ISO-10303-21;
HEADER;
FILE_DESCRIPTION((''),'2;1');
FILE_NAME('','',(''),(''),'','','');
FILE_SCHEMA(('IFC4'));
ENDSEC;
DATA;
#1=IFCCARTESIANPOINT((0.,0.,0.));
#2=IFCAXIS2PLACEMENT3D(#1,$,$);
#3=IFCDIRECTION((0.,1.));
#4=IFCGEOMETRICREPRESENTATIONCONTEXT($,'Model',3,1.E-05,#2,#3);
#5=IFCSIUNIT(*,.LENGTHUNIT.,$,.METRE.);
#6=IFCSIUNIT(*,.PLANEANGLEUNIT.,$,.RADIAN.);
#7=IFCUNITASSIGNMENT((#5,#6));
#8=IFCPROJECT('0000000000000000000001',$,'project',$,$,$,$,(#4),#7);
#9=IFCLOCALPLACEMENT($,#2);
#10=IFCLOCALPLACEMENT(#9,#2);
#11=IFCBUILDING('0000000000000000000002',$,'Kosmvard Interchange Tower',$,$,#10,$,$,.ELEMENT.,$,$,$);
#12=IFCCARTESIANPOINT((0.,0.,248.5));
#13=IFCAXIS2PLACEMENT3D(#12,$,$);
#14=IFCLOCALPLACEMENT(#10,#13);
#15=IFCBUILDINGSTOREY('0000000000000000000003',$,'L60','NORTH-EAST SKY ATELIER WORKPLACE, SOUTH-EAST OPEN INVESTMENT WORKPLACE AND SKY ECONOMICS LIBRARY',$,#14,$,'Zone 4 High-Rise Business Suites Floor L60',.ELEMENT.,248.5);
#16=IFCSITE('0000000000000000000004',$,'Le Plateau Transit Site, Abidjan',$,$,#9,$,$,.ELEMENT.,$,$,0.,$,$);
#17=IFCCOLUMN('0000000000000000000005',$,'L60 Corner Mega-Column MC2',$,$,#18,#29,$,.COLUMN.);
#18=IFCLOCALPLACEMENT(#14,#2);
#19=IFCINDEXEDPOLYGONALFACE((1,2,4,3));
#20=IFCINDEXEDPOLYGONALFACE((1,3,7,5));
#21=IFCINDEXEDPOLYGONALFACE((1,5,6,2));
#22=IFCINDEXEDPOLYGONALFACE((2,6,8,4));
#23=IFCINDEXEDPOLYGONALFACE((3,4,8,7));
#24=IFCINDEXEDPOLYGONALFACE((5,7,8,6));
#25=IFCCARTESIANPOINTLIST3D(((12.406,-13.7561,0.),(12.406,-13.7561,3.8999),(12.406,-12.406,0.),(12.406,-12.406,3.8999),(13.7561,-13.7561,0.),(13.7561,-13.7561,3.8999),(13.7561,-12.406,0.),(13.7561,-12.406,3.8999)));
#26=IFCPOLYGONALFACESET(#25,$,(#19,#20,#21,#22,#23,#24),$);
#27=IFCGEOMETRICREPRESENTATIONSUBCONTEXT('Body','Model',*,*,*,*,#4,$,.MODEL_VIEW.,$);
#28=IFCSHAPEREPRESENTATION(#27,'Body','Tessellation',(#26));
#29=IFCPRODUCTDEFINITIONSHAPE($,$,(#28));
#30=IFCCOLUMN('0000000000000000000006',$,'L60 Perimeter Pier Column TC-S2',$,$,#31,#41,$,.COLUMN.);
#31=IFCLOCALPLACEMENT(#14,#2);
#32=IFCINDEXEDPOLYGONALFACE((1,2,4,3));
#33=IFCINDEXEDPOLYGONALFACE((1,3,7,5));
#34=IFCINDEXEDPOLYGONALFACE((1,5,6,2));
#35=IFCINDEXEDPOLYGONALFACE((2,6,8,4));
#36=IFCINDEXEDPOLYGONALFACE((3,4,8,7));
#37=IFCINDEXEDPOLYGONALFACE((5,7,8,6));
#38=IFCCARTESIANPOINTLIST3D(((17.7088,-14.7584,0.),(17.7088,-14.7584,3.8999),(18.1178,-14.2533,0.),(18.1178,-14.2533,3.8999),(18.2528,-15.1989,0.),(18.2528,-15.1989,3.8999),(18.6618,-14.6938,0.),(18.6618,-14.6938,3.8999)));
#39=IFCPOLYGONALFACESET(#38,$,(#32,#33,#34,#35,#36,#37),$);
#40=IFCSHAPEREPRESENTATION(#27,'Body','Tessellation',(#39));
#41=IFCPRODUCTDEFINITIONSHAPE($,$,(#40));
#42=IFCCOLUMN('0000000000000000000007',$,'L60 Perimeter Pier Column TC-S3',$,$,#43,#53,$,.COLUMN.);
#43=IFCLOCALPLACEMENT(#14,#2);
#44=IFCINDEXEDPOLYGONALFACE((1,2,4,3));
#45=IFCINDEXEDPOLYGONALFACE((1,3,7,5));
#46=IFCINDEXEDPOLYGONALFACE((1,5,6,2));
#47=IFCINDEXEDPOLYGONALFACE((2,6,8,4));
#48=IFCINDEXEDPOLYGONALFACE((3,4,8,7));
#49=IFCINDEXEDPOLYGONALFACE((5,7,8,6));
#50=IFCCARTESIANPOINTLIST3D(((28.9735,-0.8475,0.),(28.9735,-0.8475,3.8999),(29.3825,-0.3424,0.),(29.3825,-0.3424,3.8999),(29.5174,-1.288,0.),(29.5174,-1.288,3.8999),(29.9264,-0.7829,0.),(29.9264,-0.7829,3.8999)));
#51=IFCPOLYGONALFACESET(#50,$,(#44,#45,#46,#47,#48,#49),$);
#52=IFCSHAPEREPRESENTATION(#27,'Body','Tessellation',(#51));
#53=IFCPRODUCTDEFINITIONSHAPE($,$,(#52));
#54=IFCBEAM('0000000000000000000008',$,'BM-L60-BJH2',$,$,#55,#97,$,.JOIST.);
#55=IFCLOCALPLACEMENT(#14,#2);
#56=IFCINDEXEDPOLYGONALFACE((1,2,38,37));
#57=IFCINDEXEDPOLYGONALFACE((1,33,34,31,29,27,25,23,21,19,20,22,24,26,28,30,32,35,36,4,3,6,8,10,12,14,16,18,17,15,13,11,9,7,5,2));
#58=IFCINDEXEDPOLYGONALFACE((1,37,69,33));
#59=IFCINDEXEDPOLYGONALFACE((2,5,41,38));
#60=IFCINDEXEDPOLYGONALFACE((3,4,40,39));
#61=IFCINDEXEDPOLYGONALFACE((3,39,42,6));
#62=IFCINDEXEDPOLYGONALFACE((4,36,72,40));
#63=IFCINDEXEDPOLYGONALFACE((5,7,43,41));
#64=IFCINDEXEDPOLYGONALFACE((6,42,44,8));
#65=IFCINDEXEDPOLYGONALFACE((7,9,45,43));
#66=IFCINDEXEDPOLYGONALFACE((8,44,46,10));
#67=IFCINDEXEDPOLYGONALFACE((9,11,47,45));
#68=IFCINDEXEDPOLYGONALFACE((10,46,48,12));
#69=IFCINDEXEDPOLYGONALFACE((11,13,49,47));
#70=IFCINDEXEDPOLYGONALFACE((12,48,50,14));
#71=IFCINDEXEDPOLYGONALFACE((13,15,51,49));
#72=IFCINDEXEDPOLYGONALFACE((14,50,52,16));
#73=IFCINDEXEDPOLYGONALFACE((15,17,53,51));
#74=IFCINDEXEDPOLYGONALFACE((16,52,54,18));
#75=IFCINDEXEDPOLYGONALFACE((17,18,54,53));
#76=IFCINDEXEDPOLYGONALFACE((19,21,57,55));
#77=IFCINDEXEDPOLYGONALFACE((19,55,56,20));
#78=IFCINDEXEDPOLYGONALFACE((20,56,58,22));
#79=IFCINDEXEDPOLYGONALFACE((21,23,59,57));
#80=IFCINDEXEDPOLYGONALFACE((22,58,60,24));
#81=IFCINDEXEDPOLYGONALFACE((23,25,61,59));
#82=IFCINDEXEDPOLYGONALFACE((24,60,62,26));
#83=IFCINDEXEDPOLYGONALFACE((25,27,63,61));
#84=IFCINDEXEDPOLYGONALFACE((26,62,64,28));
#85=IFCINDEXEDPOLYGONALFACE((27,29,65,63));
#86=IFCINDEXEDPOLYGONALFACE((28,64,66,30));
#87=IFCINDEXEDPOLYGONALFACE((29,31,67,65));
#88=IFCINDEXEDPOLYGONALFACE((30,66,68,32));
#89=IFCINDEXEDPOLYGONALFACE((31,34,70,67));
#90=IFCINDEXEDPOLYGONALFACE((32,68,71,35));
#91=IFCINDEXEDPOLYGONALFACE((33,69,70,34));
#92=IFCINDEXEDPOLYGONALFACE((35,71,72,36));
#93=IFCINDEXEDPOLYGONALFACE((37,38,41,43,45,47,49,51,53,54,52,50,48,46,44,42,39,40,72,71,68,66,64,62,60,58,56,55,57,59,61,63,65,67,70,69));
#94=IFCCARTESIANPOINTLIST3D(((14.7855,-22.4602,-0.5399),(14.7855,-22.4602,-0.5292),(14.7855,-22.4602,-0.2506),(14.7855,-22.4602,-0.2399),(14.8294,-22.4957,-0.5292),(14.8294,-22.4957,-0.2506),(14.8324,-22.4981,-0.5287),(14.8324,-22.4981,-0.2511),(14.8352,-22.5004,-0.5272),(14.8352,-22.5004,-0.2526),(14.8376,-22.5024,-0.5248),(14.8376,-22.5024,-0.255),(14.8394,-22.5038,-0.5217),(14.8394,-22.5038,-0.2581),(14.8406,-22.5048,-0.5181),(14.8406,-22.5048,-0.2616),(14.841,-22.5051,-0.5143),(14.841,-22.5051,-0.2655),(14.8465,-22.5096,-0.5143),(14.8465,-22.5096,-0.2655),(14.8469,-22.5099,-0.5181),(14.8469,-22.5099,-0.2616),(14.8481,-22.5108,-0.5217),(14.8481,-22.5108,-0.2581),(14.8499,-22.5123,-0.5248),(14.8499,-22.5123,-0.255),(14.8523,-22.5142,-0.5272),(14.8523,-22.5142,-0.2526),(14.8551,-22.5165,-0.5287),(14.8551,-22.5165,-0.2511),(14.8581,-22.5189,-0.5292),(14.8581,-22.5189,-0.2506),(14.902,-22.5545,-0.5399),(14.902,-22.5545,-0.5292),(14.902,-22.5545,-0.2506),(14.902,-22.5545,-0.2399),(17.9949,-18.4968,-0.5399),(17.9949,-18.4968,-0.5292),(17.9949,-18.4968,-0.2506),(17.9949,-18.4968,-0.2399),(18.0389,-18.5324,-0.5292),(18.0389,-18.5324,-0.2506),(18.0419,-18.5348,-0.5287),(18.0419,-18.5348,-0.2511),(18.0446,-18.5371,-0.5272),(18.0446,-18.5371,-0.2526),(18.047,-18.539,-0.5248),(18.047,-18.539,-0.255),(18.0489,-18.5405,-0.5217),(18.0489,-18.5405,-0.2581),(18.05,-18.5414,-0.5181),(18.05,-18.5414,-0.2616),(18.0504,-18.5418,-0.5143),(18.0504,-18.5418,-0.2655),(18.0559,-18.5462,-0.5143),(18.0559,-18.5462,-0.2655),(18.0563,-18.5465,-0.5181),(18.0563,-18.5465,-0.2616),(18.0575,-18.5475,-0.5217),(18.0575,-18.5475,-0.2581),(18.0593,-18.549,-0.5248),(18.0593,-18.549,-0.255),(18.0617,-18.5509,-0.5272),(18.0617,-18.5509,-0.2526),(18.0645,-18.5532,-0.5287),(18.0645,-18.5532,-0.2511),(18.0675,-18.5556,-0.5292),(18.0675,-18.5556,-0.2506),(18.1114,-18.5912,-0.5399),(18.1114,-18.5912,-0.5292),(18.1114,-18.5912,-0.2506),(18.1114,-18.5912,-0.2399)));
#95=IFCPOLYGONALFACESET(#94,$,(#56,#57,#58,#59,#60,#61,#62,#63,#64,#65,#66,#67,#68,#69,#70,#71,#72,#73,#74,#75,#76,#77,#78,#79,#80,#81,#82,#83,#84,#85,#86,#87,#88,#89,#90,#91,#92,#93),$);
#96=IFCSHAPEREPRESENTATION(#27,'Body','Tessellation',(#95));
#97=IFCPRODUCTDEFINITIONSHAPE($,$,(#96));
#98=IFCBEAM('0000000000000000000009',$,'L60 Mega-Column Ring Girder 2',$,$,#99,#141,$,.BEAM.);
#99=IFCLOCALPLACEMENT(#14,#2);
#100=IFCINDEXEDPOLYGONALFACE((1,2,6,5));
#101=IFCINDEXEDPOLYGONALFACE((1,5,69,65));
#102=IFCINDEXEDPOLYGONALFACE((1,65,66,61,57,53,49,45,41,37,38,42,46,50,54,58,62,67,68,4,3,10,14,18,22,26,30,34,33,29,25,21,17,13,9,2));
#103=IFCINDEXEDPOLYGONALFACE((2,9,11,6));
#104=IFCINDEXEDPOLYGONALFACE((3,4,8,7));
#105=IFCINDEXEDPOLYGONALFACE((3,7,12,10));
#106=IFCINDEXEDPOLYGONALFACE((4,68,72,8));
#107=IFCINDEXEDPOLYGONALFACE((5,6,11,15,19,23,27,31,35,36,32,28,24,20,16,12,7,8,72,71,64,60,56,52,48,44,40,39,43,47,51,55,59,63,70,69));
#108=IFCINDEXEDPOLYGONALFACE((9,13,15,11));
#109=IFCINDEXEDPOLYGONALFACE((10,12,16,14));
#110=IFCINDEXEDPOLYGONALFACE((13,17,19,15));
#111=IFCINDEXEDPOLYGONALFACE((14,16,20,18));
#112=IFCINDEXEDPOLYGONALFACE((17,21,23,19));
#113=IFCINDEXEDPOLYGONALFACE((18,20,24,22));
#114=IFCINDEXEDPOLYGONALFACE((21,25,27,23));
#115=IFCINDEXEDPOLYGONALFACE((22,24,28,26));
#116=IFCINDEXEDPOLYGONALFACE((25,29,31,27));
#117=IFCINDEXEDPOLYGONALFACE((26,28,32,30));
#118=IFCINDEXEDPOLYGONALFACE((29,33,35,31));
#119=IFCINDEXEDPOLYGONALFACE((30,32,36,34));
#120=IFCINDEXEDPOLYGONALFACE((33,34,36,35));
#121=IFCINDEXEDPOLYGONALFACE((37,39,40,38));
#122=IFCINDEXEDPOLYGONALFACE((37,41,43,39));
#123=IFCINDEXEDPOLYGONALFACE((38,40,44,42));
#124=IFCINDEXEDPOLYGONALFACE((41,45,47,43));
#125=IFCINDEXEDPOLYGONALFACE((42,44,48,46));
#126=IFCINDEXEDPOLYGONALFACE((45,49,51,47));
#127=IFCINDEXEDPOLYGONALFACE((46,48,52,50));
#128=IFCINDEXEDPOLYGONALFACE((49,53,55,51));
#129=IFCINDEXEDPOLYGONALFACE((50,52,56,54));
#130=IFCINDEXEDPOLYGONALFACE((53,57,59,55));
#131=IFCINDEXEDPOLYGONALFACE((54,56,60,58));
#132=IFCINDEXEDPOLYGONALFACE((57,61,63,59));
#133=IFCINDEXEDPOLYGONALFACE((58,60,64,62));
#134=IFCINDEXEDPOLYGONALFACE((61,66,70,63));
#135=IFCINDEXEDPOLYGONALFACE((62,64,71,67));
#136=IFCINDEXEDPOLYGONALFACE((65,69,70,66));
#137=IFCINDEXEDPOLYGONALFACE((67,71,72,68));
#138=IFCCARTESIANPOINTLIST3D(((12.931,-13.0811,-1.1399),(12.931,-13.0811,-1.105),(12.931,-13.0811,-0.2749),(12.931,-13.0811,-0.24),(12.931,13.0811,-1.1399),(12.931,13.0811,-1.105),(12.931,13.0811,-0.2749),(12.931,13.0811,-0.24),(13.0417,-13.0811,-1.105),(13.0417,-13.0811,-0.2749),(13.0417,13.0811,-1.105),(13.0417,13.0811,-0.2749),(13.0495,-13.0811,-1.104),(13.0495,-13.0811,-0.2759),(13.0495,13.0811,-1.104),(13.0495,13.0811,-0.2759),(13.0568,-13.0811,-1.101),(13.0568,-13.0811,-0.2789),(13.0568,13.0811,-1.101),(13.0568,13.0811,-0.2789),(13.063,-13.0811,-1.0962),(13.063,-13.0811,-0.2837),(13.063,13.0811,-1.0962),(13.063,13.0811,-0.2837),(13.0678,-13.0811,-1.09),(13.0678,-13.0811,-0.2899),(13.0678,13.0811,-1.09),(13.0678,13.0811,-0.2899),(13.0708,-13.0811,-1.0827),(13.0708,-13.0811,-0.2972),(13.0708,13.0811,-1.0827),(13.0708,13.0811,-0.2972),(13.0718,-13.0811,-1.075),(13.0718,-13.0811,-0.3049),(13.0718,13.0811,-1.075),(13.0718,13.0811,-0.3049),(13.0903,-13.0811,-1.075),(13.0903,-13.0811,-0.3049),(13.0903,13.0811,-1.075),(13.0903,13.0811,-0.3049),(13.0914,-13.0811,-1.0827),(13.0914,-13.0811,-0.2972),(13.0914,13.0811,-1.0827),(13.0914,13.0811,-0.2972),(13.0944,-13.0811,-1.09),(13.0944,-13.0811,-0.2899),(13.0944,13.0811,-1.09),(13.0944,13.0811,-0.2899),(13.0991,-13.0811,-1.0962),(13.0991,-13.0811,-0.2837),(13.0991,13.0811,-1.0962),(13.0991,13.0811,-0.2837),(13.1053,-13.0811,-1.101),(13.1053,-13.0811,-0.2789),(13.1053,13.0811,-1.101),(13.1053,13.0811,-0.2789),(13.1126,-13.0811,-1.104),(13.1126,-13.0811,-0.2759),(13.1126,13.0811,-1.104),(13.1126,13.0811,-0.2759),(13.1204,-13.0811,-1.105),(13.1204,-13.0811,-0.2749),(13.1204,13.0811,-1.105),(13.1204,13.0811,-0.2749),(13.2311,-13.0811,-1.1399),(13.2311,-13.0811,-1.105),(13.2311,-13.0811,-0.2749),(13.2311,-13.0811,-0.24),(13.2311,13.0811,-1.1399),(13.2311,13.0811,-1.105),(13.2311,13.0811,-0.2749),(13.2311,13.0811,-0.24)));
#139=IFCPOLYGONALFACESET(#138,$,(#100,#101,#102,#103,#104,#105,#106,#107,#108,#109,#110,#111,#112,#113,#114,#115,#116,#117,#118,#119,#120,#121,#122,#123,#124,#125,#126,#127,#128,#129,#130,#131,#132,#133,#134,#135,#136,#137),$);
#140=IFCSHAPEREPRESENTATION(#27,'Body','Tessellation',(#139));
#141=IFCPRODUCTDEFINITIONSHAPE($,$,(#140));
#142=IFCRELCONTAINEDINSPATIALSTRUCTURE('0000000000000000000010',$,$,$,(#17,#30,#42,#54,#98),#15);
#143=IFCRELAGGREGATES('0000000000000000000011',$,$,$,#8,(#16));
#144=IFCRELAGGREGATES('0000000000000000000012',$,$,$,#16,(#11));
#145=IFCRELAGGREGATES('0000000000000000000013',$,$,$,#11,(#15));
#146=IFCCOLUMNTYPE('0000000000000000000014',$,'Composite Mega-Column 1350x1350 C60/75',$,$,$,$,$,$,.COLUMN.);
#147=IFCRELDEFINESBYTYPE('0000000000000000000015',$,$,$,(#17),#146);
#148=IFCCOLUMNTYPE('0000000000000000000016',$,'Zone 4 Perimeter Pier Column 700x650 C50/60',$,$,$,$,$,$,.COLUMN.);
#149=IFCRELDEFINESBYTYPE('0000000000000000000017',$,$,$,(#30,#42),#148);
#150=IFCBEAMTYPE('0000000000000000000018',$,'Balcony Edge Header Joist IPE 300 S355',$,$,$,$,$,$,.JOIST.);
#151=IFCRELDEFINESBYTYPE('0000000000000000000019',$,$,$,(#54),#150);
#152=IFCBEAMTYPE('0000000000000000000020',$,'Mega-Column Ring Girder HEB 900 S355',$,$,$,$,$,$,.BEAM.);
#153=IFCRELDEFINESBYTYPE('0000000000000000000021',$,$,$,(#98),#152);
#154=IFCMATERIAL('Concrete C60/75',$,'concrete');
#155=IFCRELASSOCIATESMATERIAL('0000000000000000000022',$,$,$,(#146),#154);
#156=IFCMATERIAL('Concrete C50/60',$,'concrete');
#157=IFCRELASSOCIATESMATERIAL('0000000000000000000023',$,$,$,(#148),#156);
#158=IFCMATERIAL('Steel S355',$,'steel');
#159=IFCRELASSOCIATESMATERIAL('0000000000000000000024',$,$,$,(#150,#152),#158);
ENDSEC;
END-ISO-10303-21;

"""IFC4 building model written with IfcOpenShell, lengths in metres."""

from ifc_helpers import new_model, si_unit, direction, frame, origin, origin_2d, place, context, subcontext, project, spatial, rectangle, i_section, extrude, source, transform, mapped, material, material_profile, profile_set, type_object, element, save


model = new_model("IFC4")

# Units and contexts
model_context = context("Model", 3, precision=1e-05, world=origin(), true_north=direction((0.0, 1.0)))
body_context = subcontext(model_context, "Body", "Model", "MODEL_VIEW")
ifc_project = project(units=[si_unit("LENGTHUNIT", "METRE"), si_unit("PLANEANGLEUNIT", "RADIAN")], contexts=[model_context])

# Site, building, storey
site_placement = place(None, origin())
site = spatial("IfcSite", under=ifc_project, at=site_placement, Name="Le Plateau Transit Site, Abidjan", CompositionType="ELEMENT", RefElevation=0.0)
building_placement = place(site_placement, origin())
building = spatial("IfcBuilding", under=site, at=building_placement, Name="Kosmvard Interchange Tower", CompositionType="ELEMENT")
storey_placement = place(building_placement, frame((0.0, 0.0, 248.5)))
storey = spatial("IfcBuildingStorey", under=building, at=storey_placement, Name="L60", Description="NORTH-EAST SKY ATELIER WORKPLACE, SOUTH-EAST OPEN INVESTMENT WORKPLACE AND SKY ECONOMICS LIBRARY", LongName="Zone 4 High-Rise Business Suites Floor L60", CompositionType="ELEMENT", Elevation=248.5)

# Columns
ifc_material_1 = material(Name="Concrete C60/75", Category="concrete")
ifc_material_profile_1 = material_profile(ifc_material_1, rectangle(XDim=1.3501, YDim=1.3501, at=origin_2d()), Name="MC 1350x1350")
ifc_profile_set_1 = profile_set([ifc_material_profile_1], Name="Concrete C60/75")
column_type_1 = type_object("IfcColumnType", Name="Composite Mega-Column 1350x1350 C60/75", PredefinedType="COLUMN", material=ifc_profile_set_1)
shared_shape_1 = source(origin(), body_context, "Body", "SweptSolid", [
    extrude(rectangle(XDim=1.3501, YDim=1.3501, at=origin_2d()), origin(), (0.0, 0.0, 1.0), 3.8999),
])
column_placement = place(storey_placement, frame((13.0811, -13.0811, 0.0), z_axis=(0.0, 0.0, 1.0), x_axis=(1.0, 0.0, 0.0)))
element("IfcColumn", 1, at=column_placement, inside=storey, type_object=column_type_1, Name="L60 Corner Mega-Column MC2", PredefinedType="COLUMN", context=body_context, shape_type="MappedRepresentation", body=[
    mapped(shared_shape_1, transform((0.0, 0.0, 0.0), scale=1.0)),
])
ifc_material_2 = material(Name="Concrete C50/60", Category="concrete")
ifc_material_profile_2 = material_profile(ifc_material_2, rectangle(XDim=0.6499, YDim=0.7, at=origin_2d()), Name="TC 700x650")
ifc_profile_set_2 = profile_set([ifc_material_profile_2], Name="Concrete C50/60")
column_type_2 = type_object("IfcColumnType", Name="Zone 4 Perimeter Pier Column 700x650 C50/60", PredefinedType="COLUMN", material=ifc_profile_set_2)
shared_shape_2 = source(origin(), body_context, "Body", "SweptSolid", [
    extrude(rectangle(XDim=0.6499, YDim=0.7, at=origin_2d()), origin(), (0.0, 0.0, 1.0), 3.8999),
])
for number, where, z_axis, x_axis, name in (
    (2, (18.1853, -14.7261, 0.0), (0.0, 0.0, 1.0), (0.62932, 0.777146, 0.0), "L60 Perimeter Pier Column TC-S2"),
    (3, (29.45, -0.8152, 0.0), (0.0, 0.0, 1.0), (0.62932, 0.777146, 0.0), "L60 Perimeter Pier Column TC-S3"),
):
    element("IfcColumn", number, at=place(storey_placement, frame(where, z_axis=z_axis, x_axis=x_axis)), inside=storey, type_object=column_type_2, Name=name, PredefinedType="COLUMN", context=body_context, shape_type="MappedRepresentation", body=[
        mapped(shared_shape_2, transform((0.0, 0.0, 0.0), scale=1.0)),
    ])

# Beams
ifc_material_3 = material(Name="Steel S355", Category="steel")
ifc_material_profile_3 = material_profile(ifc_material_3, i_section(OverallWidth=0.1499, OverallDepth=0.3, WebThickness=0.0071, FlangeThickness=0.0107, FilletRadius=0.0149, at=origin_2d()), Name="IPE 300")
ifc_profile_set_3 = profile_set([ifc_material_profile_3], Name="Steel S355")
beam_type_1 = type_object("IfcBeamType", Name="Balcony Edge Header Joist IPE 300 S355", PredefinedType="JOIST", material=ifc_profile_set_3)
shared_shape_3 = source(origin(), body_context, "Body", "SweptSolid", [
    extrude(i_section(OverallWidth=0.1499, OverallDepth=0.3, WebThickness=0.0071, FlangeThickness=0.0107, FilletRadius=0.0149, at=origin_2d()), origin(), (0.0, 0.0, 1.0), 5.0999),
])
beam_1_placement = place(storey_placement, frame((14.8438, -22.5073, -0.3899), z_axis=(0.629319, 0.777147, 0.0), x_axis=(-0.777147, 0.629319, 0.0)))
element("IfcBeam", 4, at=beam_1_placement, inside=storey, type_object=beam_type_1, Name="BM-L60-BJH2", PredefinedType="JOIST", context=body_context, shape_type="MappedRepresentation", body=[
    mapped(shared_shape_3, transform((0.0, 0.0, 0.0), scale=1.0)),
])
ifc_material_profile_4 = material_profile(ifc_material_3, i_section(OverallWidth=0.3, OverallDepth=0.8999, WebThickness=0.0186, FlangeThickness=0.0349, FilletRadius=0.03, at=origin_2d()), Name="HEB 900")
ifc_profile_set_4 = profile_set([ifc_material_profile_4], Name="Steel S355")
beam_type_2 = type_object("IfcBeamType", Name="Mega-Column Ring Girder HEB 900 S355", PredefinedType="BEAM", material=ifc_profile_set_4)
shared_shape_4 = source(origin(), body_context, "Body", "SweptSolid", [
    extrude(i_section(OverallWidth=0.3, OverallDepth=0.8999, WebThickness=0.0186, FlangeThickness=0.0349, FilletRadius=0.03, at=origin_2d()), origin(), (0.0, 0.0, 1.0), 26.1621),
])
beam_2_placement = place(storey_placement, frame((13.0811, -13.0811, -0.6899), z_axis=(0.0, 1.0, 0.0), x_axis=(-1.0, 0.0, 0.0)))
element("IfcBeam", 5, at=beam_2_placement, inside=storey, type_object=beam_type_2, Name="L60 Mega-Column Ring Girder 2", PredefinedType="BEAM", context=body_context, shape_type="MappedRepresentation", body=[
    mapped(shared_shape_4, transform((0.0, 0.0, 0.0), scale=1.0)),
])

save(model, "model.ifc")
